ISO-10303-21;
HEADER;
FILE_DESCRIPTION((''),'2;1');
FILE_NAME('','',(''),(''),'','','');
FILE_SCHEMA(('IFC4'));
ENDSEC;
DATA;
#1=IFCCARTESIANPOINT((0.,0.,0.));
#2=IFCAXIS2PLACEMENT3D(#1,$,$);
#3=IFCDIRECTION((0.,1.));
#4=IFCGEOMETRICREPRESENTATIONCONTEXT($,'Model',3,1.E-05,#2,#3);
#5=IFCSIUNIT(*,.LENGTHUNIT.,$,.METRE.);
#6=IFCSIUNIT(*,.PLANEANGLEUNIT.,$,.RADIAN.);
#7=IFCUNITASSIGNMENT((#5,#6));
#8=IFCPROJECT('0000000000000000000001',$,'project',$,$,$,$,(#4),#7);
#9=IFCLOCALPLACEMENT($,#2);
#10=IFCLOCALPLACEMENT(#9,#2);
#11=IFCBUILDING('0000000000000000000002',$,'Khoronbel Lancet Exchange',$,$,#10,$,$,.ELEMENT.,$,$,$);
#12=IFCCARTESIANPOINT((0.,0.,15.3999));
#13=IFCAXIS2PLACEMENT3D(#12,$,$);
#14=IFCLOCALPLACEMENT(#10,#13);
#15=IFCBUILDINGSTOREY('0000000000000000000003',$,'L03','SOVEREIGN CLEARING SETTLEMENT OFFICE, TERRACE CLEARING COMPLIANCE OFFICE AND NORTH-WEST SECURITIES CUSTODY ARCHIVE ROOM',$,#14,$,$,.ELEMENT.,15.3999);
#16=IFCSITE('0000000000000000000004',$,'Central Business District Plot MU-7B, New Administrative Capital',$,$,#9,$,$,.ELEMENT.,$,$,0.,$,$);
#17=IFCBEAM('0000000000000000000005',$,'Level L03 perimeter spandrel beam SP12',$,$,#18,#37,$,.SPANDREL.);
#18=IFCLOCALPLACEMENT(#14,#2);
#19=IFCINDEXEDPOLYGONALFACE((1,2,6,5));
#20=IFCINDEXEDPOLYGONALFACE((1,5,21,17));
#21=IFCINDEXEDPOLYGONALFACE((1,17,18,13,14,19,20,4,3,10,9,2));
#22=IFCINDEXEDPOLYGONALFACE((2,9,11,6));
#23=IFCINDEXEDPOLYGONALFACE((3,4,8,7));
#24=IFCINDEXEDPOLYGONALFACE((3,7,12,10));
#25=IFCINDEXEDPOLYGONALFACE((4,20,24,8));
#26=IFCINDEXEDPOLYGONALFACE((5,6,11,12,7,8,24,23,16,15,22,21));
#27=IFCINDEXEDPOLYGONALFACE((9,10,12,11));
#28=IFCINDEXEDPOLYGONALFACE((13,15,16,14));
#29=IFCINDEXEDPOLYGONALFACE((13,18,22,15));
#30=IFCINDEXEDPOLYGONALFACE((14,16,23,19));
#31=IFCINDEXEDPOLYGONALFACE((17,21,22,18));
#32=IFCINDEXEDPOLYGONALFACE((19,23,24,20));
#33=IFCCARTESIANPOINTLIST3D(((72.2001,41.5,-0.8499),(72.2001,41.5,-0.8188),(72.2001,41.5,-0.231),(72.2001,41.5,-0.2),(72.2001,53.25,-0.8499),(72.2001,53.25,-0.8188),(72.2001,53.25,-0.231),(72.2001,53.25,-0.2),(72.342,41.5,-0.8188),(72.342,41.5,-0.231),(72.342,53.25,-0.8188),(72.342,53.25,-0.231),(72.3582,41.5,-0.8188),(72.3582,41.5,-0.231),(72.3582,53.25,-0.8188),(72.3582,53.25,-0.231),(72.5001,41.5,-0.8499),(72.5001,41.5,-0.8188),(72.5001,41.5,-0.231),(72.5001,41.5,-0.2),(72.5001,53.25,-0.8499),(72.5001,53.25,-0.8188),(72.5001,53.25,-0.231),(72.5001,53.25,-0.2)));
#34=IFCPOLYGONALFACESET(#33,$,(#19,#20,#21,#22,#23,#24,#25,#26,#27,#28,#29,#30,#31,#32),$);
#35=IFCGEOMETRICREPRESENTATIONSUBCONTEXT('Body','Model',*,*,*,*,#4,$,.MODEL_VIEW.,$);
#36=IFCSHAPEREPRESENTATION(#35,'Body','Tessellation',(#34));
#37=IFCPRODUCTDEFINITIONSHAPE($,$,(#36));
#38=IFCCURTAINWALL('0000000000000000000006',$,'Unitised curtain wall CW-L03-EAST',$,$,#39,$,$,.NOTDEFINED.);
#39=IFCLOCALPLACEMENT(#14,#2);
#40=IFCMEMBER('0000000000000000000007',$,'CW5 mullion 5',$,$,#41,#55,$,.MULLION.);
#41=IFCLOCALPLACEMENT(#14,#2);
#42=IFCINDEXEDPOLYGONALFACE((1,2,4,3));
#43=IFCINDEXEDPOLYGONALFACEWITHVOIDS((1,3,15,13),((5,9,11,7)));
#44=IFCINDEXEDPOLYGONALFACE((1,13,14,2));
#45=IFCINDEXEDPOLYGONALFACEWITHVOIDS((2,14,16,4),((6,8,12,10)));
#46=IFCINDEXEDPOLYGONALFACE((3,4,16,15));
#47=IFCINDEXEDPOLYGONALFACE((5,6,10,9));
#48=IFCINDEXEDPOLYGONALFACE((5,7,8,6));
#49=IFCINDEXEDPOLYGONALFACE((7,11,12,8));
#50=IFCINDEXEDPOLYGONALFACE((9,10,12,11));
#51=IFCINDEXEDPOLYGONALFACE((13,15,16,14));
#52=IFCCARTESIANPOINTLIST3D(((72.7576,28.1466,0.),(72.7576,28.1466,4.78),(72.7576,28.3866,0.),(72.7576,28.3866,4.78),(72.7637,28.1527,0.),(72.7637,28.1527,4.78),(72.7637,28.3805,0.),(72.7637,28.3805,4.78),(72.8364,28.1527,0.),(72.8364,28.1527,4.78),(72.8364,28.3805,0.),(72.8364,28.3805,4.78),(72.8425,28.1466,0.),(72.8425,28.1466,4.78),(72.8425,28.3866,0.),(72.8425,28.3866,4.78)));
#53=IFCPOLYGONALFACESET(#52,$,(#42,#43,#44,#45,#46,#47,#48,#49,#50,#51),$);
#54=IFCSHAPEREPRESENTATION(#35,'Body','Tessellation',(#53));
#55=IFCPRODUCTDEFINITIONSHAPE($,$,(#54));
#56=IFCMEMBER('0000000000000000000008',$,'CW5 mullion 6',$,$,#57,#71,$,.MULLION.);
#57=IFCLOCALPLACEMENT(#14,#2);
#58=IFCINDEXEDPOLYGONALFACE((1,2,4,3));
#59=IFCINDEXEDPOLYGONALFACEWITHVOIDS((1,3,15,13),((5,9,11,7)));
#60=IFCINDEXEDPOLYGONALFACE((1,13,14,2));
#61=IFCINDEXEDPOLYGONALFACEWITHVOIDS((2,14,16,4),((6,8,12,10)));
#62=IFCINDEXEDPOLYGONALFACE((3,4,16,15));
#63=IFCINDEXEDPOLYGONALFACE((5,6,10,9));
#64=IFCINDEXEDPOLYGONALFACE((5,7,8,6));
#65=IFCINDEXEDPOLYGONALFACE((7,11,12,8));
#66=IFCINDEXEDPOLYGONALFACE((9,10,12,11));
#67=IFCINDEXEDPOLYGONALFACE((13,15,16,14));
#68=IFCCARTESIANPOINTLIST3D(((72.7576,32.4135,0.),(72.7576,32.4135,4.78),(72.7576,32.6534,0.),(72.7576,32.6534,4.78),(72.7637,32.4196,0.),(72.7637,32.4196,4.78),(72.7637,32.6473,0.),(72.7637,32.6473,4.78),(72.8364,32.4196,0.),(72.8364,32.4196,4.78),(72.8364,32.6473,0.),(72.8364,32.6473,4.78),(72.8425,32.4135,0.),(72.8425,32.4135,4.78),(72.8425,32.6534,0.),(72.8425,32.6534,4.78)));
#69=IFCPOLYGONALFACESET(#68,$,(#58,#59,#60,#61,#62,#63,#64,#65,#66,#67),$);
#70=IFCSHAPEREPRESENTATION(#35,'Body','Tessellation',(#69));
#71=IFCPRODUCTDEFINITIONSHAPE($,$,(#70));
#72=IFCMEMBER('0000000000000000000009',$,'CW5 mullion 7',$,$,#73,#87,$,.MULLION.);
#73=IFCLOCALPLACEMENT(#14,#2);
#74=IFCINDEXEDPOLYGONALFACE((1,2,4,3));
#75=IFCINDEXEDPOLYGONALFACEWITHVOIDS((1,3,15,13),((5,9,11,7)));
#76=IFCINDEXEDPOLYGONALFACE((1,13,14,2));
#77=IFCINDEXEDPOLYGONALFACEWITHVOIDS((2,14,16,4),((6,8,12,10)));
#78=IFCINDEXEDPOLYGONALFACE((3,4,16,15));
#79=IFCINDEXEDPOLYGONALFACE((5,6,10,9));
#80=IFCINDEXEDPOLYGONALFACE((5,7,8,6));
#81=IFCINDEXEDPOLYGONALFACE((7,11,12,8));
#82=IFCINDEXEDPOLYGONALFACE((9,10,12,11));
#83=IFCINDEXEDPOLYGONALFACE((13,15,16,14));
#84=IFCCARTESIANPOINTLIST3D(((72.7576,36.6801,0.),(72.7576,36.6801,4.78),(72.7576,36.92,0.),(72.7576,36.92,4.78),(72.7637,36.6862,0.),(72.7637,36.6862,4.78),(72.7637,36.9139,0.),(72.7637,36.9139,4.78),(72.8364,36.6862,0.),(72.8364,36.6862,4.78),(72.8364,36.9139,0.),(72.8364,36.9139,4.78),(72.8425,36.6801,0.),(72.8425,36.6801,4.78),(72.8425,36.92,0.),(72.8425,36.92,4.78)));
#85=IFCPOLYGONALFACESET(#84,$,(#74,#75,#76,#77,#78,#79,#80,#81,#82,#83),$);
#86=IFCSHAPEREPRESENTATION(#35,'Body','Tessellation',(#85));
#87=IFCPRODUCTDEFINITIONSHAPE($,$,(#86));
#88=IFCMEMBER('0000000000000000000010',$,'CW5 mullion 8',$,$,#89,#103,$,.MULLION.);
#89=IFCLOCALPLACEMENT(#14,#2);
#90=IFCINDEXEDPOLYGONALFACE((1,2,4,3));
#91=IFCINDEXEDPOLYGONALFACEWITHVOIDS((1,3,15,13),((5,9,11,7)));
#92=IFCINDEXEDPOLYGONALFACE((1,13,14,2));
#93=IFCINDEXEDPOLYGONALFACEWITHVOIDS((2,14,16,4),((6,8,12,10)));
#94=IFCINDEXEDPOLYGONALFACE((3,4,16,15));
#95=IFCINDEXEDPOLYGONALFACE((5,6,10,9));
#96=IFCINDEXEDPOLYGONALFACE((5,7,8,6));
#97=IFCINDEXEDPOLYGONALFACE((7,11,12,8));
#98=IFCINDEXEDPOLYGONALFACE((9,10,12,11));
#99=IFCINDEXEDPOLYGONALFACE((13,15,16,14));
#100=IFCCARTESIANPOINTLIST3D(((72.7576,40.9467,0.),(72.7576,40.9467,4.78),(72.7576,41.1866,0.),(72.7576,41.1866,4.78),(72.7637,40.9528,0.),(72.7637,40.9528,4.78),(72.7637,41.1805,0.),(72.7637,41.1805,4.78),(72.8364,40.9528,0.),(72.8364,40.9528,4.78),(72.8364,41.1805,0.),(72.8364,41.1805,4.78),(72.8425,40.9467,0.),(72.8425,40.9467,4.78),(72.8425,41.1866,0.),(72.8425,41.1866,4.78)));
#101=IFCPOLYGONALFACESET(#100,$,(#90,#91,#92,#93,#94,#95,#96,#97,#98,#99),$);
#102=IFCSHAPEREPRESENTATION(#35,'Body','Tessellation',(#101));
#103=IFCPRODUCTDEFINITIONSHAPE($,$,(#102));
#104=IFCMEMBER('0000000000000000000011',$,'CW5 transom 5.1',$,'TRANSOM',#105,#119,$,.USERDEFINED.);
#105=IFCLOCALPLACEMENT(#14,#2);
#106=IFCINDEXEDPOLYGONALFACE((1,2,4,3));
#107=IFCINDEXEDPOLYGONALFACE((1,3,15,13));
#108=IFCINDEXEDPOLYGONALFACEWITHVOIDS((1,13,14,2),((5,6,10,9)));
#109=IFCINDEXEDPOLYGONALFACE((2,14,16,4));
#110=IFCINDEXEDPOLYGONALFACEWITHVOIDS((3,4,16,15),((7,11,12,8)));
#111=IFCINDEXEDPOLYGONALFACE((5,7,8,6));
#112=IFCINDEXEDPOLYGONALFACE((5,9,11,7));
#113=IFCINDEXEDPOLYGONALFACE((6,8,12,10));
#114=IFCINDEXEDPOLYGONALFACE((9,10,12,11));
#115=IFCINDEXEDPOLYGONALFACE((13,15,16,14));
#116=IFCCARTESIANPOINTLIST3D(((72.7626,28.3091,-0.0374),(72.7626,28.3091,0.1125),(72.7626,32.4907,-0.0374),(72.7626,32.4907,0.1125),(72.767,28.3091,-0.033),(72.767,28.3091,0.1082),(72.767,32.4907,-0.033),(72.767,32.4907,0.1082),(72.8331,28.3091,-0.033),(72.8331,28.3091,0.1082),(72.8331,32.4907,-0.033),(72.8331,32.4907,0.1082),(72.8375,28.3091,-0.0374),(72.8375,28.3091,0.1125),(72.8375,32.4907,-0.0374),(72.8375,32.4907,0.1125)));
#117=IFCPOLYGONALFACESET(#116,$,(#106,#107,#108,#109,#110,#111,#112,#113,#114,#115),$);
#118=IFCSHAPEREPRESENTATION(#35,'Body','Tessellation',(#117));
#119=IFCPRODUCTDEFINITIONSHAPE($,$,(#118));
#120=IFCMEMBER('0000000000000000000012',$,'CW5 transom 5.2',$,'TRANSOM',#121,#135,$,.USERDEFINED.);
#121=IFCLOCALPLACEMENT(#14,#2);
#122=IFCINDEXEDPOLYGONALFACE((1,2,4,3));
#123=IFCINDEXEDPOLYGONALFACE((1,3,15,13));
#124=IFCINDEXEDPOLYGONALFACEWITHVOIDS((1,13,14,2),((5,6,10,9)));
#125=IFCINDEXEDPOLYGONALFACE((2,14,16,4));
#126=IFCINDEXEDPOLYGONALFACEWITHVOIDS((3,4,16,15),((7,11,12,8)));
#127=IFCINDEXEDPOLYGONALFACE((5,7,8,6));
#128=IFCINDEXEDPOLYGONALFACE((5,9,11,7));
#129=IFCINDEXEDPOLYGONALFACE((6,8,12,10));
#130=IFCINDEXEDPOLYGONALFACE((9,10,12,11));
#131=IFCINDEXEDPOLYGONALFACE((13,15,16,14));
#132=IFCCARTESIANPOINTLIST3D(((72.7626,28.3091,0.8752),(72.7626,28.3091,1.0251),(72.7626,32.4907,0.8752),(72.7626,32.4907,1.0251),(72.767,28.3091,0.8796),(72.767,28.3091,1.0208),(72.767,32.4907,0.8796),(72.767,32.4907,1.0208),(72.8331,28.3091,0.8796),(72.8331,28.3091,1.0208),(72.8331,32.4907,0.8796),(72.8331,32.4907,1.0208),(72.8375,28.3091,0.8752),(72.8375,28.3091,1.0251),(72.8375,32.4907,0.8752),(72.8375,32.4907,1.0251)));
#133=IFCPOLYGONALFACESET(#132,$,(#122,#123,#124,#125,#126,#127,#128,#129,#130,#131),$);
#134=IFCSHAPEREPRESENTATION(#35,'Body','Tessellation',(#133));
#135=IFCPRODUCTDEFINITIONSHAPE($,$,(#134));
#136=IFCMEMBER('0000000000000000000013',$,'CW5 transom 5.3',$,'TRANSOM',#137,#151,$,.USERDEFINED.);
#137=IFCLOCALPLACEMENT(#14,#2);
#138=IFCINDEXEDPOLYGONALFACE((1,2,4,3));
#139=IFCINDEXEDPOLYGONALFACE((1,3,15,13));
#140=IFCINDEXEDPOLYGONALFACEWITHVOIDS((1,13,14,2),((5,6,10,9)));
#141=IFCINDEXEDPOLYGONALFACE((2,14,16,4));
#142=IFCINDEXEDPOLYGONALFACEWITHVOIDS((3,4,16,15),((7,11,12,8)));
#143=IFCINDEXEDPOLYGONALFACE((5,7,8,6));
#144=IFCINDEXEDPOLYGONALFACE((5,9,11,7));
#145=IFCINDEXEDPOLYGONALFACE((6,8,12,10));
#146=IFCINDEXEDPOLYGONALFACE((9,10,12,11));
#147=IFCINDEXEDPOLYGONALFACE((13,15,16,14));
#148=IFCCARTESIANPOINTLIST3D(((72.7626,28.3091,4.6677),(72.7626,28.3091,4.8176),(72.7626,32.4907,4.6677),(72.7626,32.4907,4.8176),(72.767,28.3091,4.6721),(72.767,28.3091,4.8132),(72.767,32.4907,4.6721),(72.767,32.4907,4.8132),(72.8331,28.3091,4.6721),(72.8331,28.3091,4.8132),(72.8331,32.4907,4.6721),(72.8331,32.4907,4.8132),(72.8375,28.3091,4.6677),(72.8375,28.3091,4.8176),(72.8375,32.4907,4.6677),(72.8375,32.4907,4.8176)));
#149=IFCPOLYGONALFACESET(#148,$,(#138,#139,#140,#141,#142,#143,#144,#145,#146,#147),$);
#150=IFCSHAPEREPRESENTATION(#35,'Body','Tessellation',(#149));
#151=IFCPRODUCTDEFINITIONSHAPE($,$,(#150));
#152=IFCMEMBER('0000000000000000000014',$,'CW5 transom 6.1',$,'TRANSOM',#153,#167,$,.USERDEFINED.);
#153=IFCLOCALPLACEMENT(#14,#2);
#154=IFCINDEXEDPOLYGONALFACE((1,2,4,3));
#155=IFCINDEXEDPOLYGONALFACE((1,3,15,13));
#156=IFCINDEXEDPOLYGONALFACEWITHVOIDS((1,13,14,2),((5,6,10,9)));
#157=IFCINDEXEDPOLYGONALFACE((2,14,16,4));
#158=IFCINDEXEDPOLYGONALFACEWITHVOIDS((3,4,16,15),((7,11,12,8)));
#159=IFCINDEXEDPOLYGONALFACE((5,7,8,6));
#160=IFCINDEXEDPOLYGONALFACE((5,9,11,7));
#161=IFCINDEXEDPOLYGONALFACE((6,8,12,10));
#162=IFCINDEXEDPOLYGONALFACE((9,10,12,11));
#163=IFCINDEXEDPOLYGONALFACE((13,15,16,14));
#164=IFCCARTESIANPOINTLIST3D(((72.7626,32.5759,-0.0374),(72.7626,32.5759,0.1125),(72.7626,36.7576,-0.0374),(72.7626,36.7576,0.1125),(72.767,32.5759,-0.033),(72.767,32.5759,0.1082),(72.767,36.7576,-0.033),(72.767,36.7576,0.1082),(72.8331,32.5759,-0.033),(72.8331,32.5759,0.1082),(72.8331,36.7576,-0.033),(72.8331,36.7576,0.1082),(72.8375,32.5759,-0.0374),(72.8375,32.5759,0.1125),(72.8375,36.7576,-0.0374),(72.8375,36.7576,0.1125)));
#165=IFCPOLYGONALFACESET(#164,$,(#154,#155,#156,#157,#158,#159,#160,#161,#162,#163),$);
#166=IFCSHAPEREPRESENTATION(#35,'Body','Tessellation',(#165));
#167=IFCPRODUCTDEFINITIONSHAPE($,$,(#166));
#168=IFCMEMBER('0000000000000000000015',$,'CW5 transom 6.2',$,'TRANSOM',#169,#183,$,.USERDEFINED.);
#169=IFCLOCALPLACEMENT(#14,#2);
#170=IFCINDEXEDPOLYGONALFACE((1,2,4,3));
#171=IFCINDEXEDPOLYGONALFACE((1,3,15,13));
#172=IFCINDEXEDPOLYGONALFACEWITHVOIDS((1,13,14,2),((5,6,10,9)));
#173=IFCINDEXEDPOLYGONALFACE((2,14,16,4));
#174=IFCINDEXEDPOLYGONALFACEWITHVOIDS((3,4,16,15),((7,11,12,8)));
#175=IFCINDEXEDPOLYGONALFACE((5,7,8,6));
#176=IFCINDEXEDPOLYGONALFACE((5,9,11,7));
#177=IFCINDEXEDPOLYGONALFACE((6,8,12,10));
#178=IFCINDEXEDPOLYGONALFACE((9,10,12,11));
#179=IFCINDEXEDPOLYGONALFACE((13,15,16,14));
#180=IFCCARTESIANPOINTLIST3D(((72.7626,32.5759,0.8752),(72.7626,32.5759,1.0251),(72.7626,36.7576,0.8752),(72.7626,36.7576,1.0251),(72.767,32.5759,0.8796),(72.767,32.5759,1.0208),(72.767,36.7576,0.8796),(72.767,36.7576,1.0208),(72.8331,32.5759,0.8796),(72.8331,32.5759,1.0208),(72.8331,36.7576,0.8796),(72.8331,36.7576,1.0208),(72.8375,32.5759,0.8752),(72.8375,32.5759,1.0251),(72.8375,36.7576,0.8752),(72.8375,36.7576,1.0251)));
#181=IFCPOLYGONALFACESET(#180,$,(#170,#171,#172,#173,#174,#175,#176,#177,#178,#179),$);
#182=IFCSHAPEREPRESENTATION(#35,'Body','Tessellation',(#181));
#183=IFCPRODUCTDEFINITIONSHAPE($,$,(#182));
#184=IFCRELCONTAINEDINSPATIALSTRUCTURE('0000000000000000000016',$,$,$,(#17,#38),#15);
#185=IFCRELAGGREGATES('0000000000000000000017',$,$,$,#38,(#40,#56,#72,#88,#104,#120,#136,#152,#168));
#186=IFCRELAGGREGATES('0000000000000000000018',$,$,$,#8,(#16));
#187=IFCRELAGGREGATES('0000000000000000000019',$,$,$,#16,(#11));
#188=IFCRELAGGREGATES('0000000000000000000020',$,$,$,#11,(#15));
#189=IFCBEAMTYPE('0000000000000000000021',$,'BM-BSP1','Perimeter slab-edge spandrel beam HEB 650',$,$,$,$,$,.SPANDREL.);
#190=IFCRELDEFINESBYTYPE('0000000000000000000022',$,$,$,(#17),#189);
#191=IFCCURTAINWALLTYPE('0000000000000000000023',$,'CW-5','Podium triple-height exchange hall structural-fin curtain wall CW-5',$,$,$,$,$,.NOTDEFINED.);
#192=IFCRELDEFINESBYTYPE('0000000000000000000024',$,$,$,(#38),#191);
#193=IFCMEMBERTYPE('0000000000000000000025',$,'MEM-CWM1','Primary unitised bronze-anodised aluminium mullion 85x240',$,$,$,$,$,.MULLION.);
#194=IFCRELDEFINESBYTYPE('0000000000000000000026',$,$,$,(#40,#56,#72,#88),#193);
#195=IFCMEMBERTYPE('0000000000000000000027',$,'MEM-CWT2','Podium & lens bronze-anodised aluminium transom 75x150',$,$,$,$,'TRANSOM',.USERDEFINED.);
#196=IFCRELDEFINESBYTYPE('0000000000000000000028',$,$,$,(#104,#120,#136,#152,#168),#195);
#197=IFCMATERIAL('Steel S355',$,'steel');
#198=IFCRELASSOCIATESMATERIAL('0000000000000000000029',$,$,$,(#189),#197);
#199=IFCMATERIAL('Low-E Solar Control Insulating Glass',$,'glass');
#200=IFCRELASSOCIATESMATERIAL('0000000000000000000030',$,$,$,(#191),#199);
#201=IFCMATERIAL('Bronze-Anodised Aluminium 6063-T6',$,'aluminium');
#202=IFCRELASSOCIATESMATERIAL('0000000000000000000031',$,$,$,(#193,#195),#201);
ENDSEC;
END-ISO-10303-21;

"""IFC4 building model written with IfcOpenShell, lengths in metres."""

from ifc_helpers import new_model, si_unit, direction, frame, origin, origin_2d, place, context, subcontext, project, spatial, hollow_rectangle, i_section, extrude, material, material_profile, profile_set, type_object, element, aggregate, save


model = new_model("IFC4")

# Units and contexts
model_context = context("Model", 3, precision=1e-05, world=origin(), true_north=direction((0.0, 1.0)))
body_context = subcontext(model_context, "Body", "Model", "MODEL_VIEW")
ifc_project = project(units=[si_unit("LENGTHUNIT", "METRE"), si_unit("PLANEANGLEUNIT", "RADIAN")], contexts=[model_context])

# Site, building, storey
site_placement = place(None, origin())
site = spatial("IfcSite", under=ifc_project, at=site_placement, Name="Central Business District Plot MU-7B, New Administrative Capital", CompositionType="ELEMENT", RefElevation=0.0)
building_placement = place(site_placement, origin())
building = spatial("IfcBuilding", under=site, at=building_placement, Name="Khoronbel Lancet Exchange", CompositionType="ELEMENT")
storey_placement = place(building_placement, frame((0.0, 0.0, 15.3999)))
storey = spatial("IfcBuildingStorey", under=building, at=storey_placement, Name="L03", Description="SOVEREIGN CLEARING SETTLEMENT OFFICE, TERRACE CLEARING COMPLIANCE OFFICE AND NORTH-WEST SECURITIES CUSTODY ARCHIVE ROOM", CompositionType="ELEMENT", Elevation=15.3999)

# Beam
ifc_material_1 = material(Name="Steel S355", Category="steel")
ifc_material_profile_1 = material_profile(ifc_material_1, i_section(OverallWidth=0.3, OverallDepth=0.6499, WebThickness=0.0161, FlangeThickness=0.031, at=origin_2d()), Name="HEB 650")
ifc_profile_set_1 = profile_set([ifc_material_profile_1], Name="Steel S355")
beam_type = type_object("IfcBeamType", Name="BM-BSP1", Description="Perimeter slab-edge spandrel beam HEB 650", PredefinedType="SPANDREL", material=ifc_profile_set_1)
beam_placement = place(storey_placement, frame((72.3501, 41.5, -0.5249), z_axis=(0.0, 1.0, 0.0), x_axis=(-1.0, 0.0, 0.0)))
element("IfcBeam", 1, at=beam_placement, inside=storey, type_object=beam_type, Name="Level L03 perimeter spandrel beam SP12", PredefinedType="SPANDREL", context=body_context, shape_type="SweptSolid", body=[
    extrude(i_section(OverallWidth=0.3, OverallDepth=0.6499, WebThickness=0.0161, FlangeThickness=0.031, at=origin_2d()), origin(), (0.0, 0.0, 1.0), 11.75),
])

# Curtain wall, members
ifc_material_2 = material(Name="Low-E Solar Control Insulating Glass", Category="glass")
curtain_wall_type = type_object("IfcCurtainWallType", Name="CW-5", Description="Podium triple-height exchange hall structural-fin curtain wall CW-5", PredefinedType="NOTDEFINED", material=ifc_material_2)
curtain_wall_placement = place(storey_placement, origin())
curtain_wall = element("IfcCurtainWall", 2, at=curtain_wall_placement, inside=storey, type_object=curtain_wall_type, Name="Unitised curtain wall CW-L03-EAST", PredefinedType="NOTDEFINED")
ifc_material_3 = material(Name="Bronze-Anodised Aluminium 6063-T6", Category="aluminium")
ifc_material_profile_2 = material_profile(ifc_material_3, hollow_rectangle(XDim=0.085, YDim=0.24, WallThickness=0.0061, at=origin_2d()), Name="ALU MULLION 85x240")
ifc_profile_set_2 = profile_set([ifc_material_profile_2], Name="Bronze-Anodised Aluminium 6063-T6")
member_type_1 = type_object("IfcMemberType", Name="MEM-CWM1", Description="Primary unitised bronze-anodised aluminium mullion 85x240", PredefinedType="MULLION", material=ifc_profile_set_2)
member_1_placement = place(storey_placement, frame((72.8, 28.2666, 0.0), z_axis=(0.0, 0.0, 1.0), x_axis=(-1.0, 0.0, 0.0)))
member_1 = element("IfcMember", 3, at=member_1_placement, type_object=member_type_1, Name="CW5 mullion 5", PredefinedType="MULLION", context=body_context, shape_type="SweptSolid", body=[
    extrude(hollow_rectangle(XDim=0.085, YDim=0.24, WallThickness=0.0061, at=origin_2d()), origin(), (0.0, 0.0, 1.0), 4.78),
])
member_2_placement = place(storey_placement, frame((72.8, 32.5334, 0.0), z_axis=(0.0, 0.0, 1.0), x_axis=(-1.0, 0.0, 0.0)))
member_2 = element("IfcMember", 4, at=member_2_placement, type_object=member_type_1, Name="CW5 mullion 6", PredefinedType="MULLION", context=body_context, shape_type="SweptSolid", body=[
    extrude(hollow_rectangle(XDim=0.085, YDim=0.24, WallThickness=0.0061, at=origin_2d()), origin(), (0.0, 0.0, 1.0), 4.78),
])
member_3_placement = place(storey_placement, frame((72.8, 36.8, 0.0), z_axis=(0.0, 0.0, 1.0), x_axis=(-1.0, 0.0, 0.0)))
member_3 = element("IfcMember", 5, at=member_3_placement, type_object=member_type_1, Name="CW5 mullion 7", PredefinedType="MULLION", context=body_context, shape_type="SweptSolid", body=[
    extrude(hollow_rectangle(XDim=0.085, YDim=0.24, WallThickness=0.0061, at=origin_2d()), origin(), (0.0, 0.0, 1.0), 4.78),
])
member_4_placement = place(storey_placement, frame((72.8, 41.0667, 0.0), z_axis=(0.0, 0.0, 1.0), x_axis=(-1.0, 0.0, 0.0)))
member_4 = element("IfcMember", 6, at=member_4_placement, type_object=member_type_1, Name="CW5 mullion 8", PredefinedType="MULLION", context=body_context, shape_type="SweptSolid", body=[
    extrude(hollow_rectangle(XDim=0.085, YDim=0.24, WallThickness=0.0061, at=origin_2d()), origin(), (0.0, 0.0, 1.0), 4.78),
])
ifc_material_profile_3 = material_profile(ifc_material_3, hollow_rectangle(XDim=0.075, YDim=0.1499, WallThickness=0.0044, at=origin_2d()), Name="ALU TRANSOM 75x150")
ifc_profile_set_3 = profile_set([ifc_material_profile_3], Name="Bronze-Anodised Aluminium 6063-T6")
member_type_2 = type_object("IfcMemberType", Name="MEM-CWT2", Description="Podium & lens bronze-anodised aluminium transom 75x150", ElementType="TRANSOM", PredefinedType="USERDEFINED", material=ifc_profile_set_3)
member_5_placement = place(storey_placement, frame((72.8, 28.3091, 0.0376), z_axis=(0.0, 1.0, 0.0), x_axis=(-1.0, 0.0, 0.0)))
member_5 = element("IfcMember", 7, at=member_5_placement, type_object=member_type_2, Name="CW5 transom 5.1", ObjectType="TRANSOM", PredefinedType="USERDEFINED", context=body_context, shape_type="SweptSolid", body=[
    extrude(hollow_rectangle(XDim=0.075, YDim=0.1499, WallThickness=0.0044, at=origin_2d()), origin(), (0.0, 0.0, 1.0), 4.1816),
])
member_6_placement = place(storey_placement, frame((72.8, 28.3091, 0.9502), z_axis=(0.0, 1.0, 0.0), x_axis=(-1.0, 0.0, 0.0)))
member_6 = element("IfcMember", 8, at=member_6_placement, type_object=member_type_2, Name="CW5 transom 5.2", ObjectType="TRANSOM", PredefinedType="USERDEFINED", context=body_context, shape_type="SweptSolid", body=[
    extrude(hollow_rectangle(XDim=0.075, YDim=0.1499, WallThickness=0.0044, at=origin_2d()), origin(), (0.0, 0.0, 1.0), 4.1816),
])
member_7_placement = place(storey_placement, frame((72.8, 28.3091, 4.7427), z_axis=(0.0, 1.0, 0.0), x_axis=(-1.0, 0.0, 0.0)))
member_7 = element("IfcMember", 9, at=member_7_placement, type_object=member_type_2, Name="CW5 transom 5.3", ObjectType="TRANSOM", PredefinedType="USERDEFINED", context=body_context, shape_type="SweptSolid", body=[
    extrude(hollow_rectangle(XDim=0.075, YDim=0.1499, WallThickness=0.0044, at=origin_2d()), origin(), (0.0, 0.0, 1.0), 4.1816),
])
member_8_placement = place(storey_placement, frame((72.8, 32.5759, 0.0376), z_axis=(0.0, 1.0, 0.0), x_axis=(-1.0, 0.0, 0.0)))
member_8 = element("IfcMember", 10, at=member_8_placement, type_object=member_type_2, Name="CW5 transom 6.1", ObjectType="TRANSOM", PredefinedType="USERDEFINED", context=body_context, shape_type="SweptSolid", body=[
    extrude(hollow_rectangle(XDim=0.075, YDim=0.1499, WallThickness=0.0044, at=origin_2d()), origin(), (0.0, 0.0, 1.0), 4.1816),
])
member_9_placement = place(storey_placement, frame((72.8, 32.5759, 0.9502), z_axis=(0.0, 1.0, 0.0), x_axis=(-1.0, 0.0, 0.0)))
member_9 = element("IfcMember", 11, at=member_9_placement, type_object=member_type_2, Name="CW5 transom 6.2", ObjectType="TRANSOM", PredefinedType="USERDEFINED", context=body_context, shape_type="SweptSolid", body=[
    extrude(hollow_rectangle(XDim=0.075, YDim=0.1499, WallThickness=0.0044, at=origin_2d()), origin(), (0.0, 0.0, 1.0), 4.1816),
])
aggregate(curtain_wall, [member_1, member_2, member_3, member_4, member_5, member_6, member_7, member_8, member_9])

save(model, "model.ifc")
